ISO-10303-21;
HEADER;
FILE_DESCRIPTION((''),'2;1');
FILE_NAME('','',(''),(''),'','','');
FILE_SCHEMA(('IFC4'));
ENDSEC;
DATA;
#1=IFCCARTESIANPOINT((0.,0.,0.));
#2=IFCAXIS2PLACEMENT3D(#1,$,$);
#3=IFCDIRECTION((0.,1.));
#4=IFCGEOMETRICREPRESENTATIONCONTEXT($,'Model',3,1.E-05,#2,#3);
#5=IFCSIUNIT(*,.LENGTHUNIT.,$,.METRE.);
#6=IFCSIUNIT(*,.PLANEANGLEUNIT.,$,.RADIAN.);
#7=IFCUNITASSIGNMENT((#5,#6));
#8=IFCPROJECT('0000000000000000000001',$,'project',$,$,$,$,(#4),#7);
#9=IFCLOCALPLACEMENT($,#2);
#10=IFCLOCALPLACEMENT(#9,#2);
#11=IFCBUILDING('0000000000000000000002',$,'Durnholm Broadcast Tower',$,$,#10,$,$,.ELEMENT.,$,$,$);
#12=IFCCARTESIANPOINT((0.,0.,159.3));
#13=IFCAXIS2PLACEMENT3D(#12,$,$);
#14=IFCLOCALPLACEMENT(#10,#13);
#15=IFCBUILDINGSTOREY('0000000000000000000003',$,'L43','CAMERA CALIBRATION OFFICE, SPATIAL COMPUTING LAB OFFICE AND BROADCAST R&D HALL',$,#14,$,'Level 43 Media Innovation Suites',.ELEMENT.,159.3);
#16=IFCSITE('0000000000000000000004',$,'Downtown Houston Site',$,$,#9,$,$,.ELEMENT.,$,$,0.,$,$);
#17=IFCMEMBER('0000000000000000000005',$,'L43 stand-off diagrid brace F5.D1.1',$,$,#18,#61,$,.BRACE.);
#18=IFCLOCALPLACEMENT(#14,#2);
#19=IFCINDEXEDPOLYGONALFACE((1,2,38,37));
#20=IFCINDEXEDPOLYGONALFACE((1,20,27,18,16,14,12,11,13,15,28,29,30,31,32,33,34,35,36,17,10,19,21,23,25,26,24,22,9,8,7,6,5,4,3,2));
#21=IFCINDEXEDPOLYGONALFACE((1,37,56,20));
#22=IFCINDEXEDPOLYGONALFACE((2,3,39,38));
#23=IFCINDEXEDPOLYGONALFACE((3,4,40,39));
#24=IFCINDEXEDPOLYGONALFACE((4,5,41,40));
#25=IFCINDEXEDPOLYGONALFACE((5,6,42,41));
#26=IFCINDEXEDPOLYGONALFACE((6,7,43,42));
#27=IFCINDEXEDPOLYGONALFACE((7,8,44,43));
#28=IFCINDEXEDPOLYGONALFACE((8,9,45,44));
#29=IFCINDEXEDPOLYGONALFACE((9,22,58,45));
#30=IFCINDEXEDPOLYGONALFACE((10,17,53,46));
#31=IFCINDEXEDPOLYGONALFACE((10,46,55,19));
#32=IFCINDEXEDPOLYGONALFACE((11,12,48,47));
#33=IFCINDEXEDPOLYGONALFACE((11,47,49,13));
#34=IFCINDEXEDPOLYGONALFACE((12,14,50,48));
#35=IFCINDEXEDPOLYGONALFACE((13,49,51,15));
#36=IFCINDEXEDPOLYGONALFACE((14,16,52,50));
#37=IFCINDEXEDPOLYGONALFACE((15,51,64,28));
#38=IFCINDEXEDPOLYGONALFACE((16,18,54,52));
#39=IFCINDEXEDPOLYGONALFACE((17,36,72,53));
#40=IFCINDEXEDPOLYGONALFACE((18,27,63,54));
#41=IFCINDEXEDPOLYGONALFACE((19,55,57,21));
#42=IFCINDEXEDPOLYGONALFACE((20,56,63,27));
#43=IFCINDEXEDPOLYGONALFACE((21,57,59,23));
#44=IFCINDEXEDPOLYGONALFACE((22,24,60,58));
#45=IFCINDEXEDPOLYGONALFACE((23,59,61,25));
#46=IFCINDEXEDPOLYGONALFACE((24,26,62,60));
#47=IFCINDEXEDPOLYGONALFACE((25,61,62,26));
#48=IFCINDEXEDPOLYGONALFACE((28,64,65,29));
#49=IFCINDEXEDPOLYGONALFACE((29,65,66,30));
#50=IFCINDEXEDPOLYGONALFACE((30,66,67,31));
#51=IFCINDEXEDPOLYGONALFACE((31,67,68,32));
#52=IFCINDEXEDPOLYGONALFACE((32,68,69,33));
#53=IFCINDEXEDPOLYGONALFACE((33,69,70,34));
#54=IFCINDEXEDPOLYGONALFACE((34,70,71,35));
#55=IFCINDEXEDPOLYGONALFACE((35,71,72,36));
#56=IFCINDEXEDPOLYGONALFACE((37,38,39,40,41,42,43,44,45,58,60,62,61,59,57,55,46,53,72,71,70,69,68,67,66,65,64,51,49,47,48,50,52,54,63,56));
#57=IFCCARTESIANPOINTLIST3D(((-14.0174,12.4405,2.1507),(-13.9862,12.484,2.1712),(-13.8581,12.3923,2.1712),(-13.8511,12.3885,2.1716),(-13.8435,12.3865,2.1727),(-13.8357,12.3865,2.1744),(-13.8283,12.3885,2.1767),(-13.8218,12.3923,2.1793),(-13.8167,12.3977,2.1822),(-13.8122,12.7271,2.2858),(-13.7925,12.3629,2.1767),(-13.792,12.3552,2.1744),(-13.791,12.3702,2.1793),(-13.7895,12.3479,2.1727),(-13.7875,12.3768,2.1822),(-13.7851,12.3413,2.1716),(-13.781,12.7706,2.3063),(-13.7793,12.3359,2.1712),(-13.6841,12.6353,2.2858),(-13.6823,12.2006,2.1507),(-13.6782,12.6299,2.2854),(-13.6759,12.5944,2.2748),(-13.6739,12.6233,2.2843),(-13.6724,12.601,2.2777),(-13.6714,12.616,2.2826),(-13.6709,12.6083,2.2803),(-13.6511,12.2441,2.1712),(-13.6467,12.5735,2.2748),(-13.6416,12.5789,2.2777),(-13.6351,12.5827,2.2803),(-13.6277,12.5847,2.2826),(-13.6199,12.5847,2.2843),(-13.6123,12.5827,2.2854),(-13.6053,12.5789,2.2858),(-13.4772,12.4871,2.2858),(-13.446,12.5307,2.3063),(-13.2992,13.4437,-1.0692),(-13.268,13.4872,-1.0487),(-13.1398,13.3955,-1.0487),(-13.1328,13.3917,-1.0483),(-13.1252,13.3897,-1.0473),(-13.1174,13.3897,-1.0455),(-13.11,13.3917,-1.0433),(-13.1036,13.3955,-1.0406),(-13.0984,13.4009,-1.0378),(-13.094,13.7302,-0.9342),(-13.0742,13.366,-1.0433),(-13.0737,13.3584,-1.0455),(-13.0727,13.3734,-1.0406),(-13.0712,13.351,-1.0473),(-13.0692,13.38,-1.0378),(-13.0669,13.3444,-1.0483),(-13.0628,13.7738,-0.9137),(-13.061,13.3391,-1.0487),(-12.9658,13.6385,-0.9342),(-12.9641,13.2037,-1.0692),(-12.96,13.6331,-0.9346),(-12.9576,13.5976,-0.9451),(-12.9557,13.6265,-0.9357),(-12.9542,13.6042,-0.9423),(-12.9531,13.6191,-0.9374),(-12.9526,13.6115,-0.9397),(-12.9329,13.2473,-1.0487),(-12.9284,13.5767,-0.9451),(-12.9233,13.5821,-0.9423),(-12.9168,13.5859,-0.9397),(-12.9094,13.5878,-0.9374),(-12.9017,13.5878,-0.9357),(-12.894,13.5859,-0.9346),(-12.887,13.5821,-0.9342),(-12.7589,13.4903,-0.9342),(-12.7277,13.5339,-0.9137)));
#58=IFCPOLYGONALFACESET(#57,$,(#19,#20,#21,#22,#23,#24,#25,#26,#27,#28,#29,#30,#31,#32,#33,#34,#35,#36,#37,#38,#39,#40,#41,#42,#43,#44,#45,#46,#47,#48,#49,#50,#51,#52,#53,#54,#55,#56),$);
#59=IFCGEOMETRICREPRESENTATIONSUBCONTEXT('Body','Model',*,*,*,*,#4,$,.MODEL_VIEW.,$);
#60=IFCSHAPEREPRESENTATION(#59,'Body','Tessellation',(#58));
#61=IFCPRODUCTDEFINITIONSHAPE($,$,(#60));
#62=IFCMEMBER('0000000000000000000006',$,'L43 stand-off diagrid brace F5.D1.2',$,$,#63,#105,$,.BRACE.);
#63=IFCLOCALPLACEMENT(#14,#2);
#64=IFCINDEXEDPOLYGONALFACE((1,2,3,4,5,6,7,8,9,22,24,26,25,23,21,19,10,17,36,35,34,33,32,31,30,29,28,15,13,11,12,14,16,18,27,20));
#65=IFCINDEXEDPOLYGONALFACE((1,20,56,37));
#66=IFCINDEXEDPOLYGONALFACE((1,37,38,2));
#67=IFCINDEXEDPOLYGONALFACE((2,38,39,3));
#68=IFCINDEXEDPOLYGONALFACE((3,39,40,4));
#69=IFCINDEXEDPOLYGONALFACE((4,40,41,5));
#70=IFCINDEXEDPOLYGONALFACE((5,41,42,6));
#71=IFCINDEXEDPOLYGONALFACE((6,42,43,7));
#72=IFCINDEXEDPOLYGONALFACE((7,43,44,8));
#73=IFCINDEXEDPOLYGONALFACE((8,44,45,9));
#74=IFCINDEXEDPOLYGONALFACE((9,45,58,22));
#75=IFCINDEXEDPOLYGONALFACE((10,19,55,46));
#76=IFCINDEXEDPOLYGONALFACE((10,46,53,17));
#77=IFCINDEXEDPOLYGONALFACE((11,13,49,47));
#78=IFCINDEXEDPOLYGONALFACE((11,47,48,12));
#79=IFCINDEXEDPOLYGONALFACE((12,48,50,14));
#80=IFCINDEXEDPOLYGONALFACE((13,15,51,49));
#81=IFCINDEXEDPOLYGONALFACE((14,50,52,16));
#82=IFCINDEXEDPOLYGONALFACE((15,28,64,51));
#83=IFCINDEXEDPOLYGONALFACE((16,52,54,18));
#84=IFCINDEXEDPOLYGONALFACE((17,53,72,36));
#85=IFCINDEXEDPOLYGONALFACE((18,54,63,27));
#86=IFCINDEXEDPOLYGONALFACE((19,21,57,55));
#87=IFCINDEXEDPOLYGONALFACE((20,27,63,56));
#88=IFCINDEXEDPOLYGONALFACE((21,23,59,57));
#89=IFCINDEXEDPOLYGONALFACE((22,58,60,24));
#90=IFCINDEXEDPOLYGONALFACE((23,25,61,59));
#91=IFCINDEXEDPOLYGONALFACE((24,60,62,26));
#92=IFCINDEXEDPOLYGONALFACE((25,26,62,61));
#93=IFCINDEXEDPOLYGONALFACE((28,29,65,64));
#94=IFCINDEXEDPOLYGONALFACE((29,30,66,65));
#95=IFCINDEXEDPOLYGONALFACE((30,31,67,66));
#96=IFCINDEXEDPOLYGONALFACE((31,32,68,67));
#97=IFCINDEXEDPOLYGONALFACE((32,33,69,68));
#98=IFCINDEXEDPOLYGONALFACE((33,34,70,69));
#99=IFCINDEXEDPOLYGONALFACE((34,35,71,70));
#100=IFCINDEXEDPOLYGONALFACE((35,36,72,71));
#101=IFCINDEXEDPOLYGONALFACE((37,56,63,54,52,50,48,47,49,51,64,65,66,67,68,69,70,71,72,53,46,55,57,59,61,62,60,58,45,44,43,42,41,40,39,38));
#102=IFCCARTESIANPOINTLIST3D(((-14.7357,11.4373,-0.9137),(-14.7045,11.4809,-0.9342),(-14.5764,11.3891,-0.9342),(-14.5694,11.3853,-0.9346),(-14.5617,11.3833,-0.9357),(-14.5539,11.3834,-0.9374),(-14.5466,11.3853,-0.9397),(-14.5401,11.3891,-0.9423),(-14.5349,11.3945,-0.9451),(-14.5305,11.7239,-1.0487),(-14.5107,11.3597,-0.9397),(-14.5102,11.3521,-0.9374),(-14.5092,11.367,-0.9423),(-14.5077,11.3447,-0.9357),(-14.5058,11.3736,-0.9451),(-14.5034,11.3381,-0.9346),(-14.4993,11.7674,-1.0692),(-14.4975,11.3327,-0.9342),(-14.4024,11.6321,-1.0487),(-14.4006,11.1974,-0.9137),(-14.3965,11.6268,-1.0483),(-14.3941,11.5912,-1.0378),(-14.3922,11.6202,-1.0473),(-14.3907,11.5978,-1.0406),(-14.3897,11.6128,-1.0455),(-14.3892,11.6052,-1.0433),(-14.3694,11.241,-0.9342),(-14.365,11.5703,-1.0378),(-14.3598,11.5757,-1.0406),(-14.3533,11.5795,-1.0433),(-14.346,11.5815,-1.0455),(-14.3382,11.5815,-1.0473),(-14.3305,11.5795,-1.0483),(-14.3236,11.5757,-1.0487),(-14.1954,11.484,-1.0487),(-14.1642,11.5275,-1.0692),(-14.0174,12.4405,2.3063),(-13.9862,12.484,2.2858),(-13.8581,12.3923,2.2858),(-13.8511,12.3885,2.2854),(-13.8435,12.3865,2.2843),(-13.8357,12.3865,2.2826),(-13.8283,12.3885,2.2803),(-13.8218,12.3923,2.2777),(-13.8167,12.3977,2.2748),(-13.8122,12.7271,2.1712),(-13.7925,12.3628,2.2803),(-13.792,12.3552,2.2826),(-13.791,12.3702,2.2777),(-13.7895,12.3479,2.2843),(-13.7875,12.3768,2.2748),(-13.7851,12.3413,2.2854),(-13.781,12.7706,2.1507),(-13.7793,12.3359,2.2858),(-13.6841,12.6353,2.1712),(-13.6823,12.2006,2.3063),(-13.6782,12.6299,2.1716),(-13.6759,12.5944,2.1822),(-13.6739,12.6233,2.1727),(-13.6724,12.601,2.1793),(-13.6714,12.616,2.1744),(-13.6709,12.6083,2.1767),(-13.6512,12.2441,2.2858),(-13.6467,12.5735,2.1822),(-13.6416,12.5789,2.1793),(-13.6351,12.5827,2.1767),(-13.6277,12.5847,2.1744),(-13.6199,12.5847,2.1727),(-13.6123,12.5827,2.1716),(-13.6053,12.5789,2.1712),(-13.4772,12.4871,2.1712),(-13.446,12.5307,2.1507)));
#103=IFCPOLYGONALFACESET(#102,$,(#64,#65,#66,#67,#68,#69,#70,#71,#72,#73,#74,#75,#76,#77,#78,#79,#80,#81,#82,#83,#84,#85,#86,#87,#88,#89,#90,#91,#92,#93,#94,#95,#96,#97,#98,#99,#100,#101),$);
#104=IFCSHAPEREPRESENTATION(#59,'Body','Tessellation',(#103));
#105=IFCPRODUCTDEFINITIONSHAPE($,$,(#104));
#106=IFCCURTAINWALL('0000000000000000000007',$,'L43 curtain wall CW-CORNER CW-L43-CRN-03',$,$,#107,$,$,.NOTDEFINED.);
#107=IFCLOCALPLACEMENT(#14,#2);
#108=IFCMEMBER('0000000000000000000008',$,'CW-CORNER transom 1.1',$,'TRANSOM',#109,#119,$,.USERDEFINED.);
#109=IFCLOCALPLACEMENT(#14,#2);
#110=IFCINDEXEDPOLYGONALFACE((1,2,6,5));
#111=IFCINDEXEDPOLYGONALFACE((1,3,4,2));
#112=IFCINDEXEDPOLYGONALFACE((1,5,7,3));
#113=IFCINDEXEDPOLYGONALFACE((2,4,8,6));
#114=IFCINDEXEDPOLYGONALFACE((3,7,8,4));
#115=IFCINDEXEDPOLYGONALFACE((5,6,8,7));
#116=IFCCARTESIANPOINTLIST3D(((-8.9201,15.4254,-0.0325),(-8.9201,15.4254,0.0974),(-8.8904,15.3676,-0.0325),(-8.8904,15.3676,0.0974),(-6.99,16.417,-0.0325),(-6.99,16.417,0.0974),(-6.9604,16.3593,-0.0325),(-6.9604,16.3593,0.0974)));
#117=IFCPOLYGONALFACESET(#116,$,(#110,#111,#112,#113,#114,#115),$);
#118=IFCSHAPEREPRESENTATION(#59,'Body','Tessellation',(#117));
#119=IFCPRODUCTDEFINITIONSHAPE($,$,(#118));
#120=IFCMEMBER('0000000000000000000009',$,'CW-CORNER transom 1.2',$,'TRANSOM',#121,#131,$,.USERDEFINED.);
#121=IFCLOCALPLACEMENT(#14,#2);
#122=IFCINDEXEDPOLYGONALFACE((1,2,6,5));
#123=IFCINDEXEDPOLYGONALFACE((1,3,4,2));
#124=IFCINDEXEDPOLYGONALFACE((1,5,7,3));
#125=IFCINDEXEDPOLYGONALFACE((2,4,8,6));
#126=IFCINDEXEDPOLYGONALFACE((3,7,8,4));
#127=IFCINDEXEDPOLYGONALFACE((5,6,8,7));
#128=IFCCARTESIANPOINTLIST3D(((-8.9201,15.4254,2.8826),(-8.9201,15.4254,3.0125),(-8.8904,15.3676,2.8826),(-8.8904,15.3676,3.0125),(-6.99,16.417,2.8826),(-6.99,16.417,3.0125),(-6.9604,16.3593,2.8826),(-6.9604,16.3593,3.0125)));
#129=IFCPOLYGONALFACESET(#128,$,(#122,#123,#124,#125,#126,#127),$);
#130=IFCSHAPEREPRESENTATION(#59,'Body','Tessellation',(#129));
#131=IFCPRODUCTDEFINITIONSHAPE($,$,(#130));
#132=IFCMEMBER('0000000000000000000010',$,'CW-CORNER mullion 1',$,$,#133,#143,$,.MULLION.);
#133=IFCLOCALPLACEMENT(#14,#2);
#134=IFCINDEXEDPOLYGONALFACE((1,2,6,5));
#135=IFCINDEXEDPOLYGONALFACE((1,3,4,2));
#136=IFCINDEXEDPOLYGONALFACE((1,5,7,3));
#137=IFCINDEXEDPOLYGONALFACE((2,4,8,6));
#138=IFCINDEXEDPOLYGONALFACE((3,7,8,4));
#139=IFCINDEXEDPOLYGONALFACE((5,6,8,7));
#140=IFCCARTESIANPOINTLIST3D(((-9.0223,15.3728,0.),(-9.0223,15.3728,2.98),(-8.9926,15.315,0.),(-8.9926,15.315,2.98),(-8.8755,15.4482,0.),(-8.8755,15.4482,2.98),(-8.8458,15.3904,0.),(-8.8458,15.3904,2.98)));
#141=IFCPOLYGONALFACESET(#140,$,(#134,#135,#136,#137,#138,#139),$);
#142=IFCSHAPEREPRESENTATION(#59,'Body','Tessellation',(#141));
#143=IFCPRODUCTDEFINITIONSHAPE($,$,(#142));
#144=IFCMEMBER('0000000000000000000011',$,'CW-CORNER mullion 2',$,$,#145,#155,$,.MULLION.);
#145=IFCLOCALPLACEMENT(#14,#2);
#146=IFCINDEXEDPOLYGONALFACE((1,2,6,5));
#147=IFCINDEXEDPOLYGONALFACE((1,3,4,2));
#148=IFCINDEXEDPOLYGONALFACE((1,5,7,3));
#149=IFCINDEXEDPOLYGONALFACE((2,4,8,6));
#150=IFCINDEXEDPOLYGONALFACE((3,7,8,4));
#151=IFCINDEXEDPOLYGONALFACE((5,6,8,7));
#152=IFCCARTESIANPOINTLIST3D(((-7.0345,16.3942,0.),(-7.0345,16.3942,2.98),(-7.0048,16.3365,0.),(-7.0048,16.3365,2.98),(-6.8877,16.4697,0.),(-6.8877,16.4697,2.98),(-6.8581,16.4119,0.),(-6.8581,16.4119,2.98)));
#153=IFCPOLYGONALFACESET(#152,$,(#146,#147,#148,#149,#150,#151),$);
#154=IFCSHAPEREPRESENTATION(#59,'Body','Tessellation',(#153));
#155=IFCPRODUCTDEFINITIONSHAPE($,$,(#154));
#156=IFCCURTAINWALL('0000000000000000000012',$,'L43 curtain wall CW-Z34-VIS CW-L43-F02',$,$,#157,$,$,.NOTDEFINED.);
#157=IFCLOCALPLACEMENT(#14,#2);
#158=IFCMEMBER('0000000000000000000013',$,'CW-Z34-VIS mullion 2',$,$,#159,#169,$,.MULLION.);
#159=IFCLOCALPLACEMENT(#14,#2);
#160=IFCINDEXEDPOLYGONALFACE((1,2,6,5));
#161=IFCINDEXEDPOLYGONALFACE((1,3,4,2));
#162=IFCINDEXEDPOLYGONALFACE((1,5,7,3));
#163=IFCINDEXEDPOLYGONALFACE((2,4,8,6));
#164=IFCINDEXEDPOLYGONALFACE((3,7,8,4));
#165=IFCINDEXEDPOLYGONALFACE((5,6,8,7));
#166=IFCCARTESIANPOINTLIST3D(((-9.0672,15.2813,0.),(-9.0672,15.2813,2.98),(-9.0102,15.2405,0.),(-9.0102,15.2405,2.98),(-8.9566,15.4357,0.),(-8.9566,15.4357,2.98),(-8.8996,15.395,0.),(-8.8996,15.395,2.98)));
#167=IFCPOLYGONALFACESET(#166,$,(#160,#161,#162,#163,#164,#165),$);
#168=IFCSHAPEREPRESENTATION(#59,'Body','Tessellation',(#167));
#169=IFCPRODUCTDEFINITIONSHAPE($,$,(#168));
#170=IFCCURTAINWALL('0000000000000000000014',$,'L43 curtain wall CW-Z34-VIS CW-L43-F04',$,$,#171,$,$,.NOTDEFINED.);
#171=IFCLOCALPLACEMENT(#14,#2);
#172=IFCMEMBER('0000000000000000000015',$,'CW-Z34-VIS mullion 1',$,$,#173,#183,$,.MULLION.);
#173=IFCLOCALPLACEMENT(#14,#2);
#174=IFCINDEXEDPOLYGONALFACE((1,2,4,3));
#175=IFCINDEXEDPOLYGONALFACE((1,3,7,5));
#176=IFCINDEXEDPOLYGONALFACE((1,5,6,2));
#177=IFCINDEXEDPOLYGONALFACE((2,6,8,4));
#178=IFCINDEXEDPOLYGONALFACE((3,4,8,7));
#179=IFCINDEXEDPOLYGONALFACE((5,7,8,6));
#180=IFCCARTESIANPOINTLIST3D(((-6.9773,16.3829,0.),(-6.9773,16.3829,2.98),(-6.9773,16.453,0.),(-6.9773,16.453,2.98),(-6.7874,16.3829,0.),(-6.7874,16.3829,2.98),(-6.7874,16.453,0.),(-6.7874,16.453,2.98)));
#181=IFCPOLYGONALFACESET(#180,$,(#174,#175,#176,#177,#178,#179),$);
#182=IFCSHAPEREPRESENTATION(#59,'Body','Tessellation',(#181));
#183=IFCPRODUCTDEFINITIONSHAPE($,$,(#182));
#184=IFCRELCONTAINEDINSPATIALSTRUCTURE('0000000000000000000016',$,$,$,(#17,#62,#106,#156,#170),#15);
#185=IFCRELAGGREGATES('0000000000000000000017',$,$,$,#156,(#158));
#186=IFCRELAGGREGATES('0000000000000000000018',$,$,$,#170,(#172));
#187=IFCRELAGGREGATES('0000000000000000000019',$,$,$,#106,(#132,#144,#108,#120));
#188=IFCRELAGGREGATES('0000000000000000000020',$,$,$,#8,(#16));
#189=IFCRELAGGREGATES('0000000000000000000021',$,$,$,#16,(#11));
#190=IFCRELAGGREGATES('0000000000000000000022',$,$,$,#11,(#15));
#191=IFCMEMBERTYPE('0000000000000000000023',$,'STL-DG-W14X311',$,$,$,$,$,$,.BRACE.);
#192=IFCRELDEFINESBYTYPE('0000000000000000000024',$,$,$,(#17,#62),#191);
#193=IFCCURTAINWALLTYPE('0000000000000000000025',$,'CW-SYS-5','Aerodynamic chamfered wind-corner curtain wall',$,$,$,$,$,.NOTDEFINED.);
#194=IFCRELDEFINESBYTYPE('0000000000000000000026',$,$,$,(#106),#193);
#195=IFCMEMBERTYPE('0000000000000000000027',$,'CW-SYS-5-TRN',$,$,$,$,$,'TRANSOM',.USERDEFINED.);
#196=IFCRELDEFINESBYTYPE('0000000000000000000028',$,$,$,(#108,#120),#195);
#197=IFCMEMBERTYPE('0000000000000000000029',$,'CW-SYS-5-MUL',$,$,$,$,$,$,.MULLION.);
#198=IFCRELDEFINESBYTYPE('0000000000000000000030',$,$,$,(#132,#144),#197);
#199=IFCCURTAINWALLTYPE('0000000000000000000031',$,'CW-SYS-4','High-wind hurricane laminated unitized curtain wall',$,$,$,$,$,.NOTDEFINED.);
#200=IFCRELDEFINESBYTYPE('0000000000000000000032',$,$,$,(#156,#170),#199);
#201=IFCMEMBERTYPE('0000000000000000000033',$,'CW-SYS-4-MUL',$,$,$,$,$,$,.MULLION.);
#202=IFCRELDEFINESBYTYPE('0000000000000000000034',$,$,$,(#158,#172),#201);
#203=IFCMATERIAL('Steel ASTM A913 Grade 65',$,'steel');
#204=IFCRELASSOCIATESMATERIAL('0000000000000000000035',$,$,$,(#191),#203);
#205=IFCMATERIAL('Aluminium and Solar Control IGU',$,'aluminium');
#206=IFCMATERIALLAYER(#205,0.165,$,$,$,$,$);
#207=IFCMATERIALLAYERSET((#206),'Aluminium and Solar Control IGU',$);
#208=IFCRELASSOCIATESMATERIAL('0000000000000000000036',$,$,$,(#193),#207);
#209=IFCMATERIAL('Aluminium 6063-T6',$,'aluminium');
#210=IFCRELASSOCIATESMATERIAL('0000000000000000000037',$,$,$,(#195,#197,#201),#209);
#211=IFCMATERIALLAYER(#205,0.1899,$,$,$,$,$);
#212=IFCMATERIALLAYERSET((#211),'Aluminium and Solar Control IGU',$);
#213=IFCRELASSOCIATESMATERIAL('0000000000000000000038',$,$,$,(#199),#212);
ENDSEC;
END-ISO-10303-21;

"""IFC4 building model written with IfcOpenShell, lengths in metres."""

from ifc_helpers import new_model, si_unit, direction, frame, origin, origin_2d, place, context, subcontext, project, spatial, rectangle, i_section, extrude, source, transform, mapped, material, layer, layer_set, material_profile, profile_set, type_object, type_shapes, element, aggregate, save


model = new_model("IFC4")

# Units and contexts
model_context = context("Model", 3, precision=1e-05, world=origin(), true_north=direction((0.0, 1.0)))
body_context = subcontext(model_context, "Body", "Model", "MODEL_VIEW")
ifc_project = project(units=[si_unit("LENGTHUNIT", "METRE"), si_unit("PLANEANGLEUNIT", "RADIAN")], contexts=[model_context])

# Site, building, storey
site_placement = place(None, origin())
site = spatial("IfcSite", under=ifc_project, at=site_placement, Name="Downtown Houston Site", CompositionType="ELEMENT", RefElevation=0.0)
building_placement = place(site_placement, origin())
building = spatial("IfcBuilding", under=site, at=building_placement, Name="Durnholm Broadcast Tower", CompositionType="ELEMENT")
storey_placement = place(building_placement, frame((0.0, 0.0, 159.3)))
storey = spatial("IfcBuildingStorey", under=building, at=storey_placement, Name="L43", Description="CAMERA CALIBRATION OFFICE, SPATIAL COMPUTING LAB OFFICE AND BROADCAST R&D HALL", LongName="Level 43 Media Innovation Suites", CompositionType="ELEMENT", Elevation=159.3)

# Members
ifc_material_1 = material(Name="Steel ASTM A913 Grade 65", Category="steel")
ifc_material_profile_1 = material_profile(ifc_material_1, i_section(OverallWidth=0.4121, OverallDepth=0.4348, WebThickness=0.0359, FlangeThickness=0.0574, FilletRadius=0.0305, at=origin_2d()), Name="W14X311")
ifc_profile_set_1 = profile_set([ifc_material_profile_1], Name="Steel ASTM A913 Grade 65")
member_type_1 = type_object("IfcMemberType", Name="STL-DG-W14X311", PredefinedType="BRACE", material=ifc_profile_set_1)
shared_shape_1 = source(origin(), body_context, "Body", "SweptSolid", [
    extrude(i_section(OverallWidth=0.4121, OverallDepth=0.4348, WebThickness=0.0359, FlangeThickness=0.0574, FilletRadius=0.0305, at=origin_2d()), origin(), (0.0, 0.0, 1.0), 3.4482),
])
type_shapes(member_type_1, [shared_shape_1])
for number, where, z_axis, x_axis, name in (
    (1, (-13.0134, 13.4888, -0.9915), (-0.208297, -0.290922, 0.933797), (0.813078, -0.582155, 0.0), "L43 stand-off diagrid brace F5.D1.1"),
    (2, (-14.45, 11.4824, -0.9915), (0.208297, 0.290922, 0.933797), (-0.813078, 0.582155, 0.0), "L43 stand-off diagrid brace F5.D1.2"),
):
    element("IfcMember", number, at=place(storey_placement, frame(where, z_axis=z_axis, x_axis=x_axis)), inside=storey, type_object=member_type_1, Name=name, PredefinedType="BRACE", context=body_context, shape_type="MappedRepresentation", body=[
        mapped(shared_shape_1, transform((0.0, 0.0, 0.0), x_axis=(1.0, 0.0, 0.0), y_axis=(0.0, 1.0, 0.0), z_axis=(0.0, 0.0, 1.0), scale=1.0)),
    ])

# Curtain wall, members
ifc_material_2 = material(Name="Aluminium and Solar Control IGU", Category="aluminium")
ifc_layer_1 = layer(ifc_material_2, 0.165)
ifc_layer_set_1 = layer_set([ifc_layer_1], Name="Aluminium and Solar Control IGU")
curtain_wall_type_1 = type_object("IfcCurtainWallType", Name="CW-SYS-5", Description="Aerodynamic chamfered wind-corner curtain wall", PredefinedType="NOTDEFINED", material=ifc_layer_set_1)
curtain_wall_1_placement = place(storey_placement, origin())
curtain_wall_1 = element("IfcCurtainWall", 3, at=curtain_wall_1_placement, inside=storey, type_object=curtain_wall_type_1, Name="L43 curtain wall CW-CORNER CW-L43-CRN-03", PredefinedType="NOTDEFINED")
ifc_material_3 = material(Name="Aluminium 6063-T6", Category="aluminium")
ifc_material_profile_2 = material_profile(ifc_material_3, rectangle(XDim=0.0649, YDim=0.1299, at=origin_2d()), Name="CWT65X130")
ifc_profile_set_2 = profile_set([ifc_material_profile_2], Name="Aluminium 6063-T6")
member_type_2 = type_object("IfcMemberType", Name="CW-SYS-5-TRN", ElementType="TRANSOM", PredefinedType="USERDEFINED", material=ifc_profile_set_2)
shared_shape_2 = source(origin(), body_context, "Body", "SweptSolid", [
    extrude(rectangle(XDim=0.0649, YDim=0.1299, at=origin_2d()), origin(), (0.0, 0.0, 1.0), 2.1699),
])
type_shapes(member_type_2, [shared_shape_2])
member_1_placement = place(storey_placement, frame((-8.9053, 15.3965, 0.0325), z_axis=(0.889468, 0.456997, 0.0), x_axis=(-0.456997, 0.889468, 0.0)))
member_1 = element("IfcMember", 4, at=member_1_placement, type_object=member_type_2, Name="CW-CORNER transom 1.1", ObjectType="TRANSOM", PredefinedType="USERDEFINED", context=body_context, shape_type="MappedRepresentation", body=[
    mapped(shared_shape_2, transform((0.0, 0.0, 0.0), x_axis=(1.0, 0.0, 0.0), y_axis=(0.0, 1.0, 0.0), z_axis=(0.0, 0.0, 1.0), scale=1.0)),
])
member_2_placement = place(storey_placement, frame((-8.9053, 15.3965, 2.9475), z_axis=(0.889468, 0.456997, 0.0), x_axis=(-0.456997, 0.889468, 0.0)))
member_2 = element("IfcMember", 5, at=member_2_placement, type_object=member_type_2, Name="CW-CORNER transom 1.2", ObjectType="TRANSOM", PredefinedType="USERDEFINED", context=body_context, shape_type="MappedRepresentation", body=[
    mapped(shared_shape_2, transform((0.0, 0.0, 0.0), x_axis=(1.0, 0.0, 0.0), y_axis=(0.0, 1.0, 0.0), z_axis=(0.0, 0.0, 1.0), scale=1.0)),
])
ifc_material_profile_3 = material_profile(ifc_material_3, rectangle(XDim=0.0649, YDim=0.165, at=origin_2d()), Name="CWM65X165")
ifc_profile_set_3 = profile_set([ifc_material_profile_3], Name="Aluminium 6063-T6")
member_type_3 = type_object("IfcMemberType", Name="CW-SYS-5-MUL", PredefinedType="MULLION", material=ifc_profile_set_3)
shared_shape_3 = source(origin(), body_context, "Body", "SweptSolid", [
    extrude(rectangle(XDim=0.0649, YDim=0.165, at=origin_2d()), origin(), (0.0, 0.0, 1.0), 2.98),
])
type_shapes(member_type_3, [shared_shape_3])
member_3_placement = place(storey_placement, frame((-8.9341, 15.3816, 0.0), z_axis=(0.0, 0.0, 1.0), x_axis=(-0.457082, 0.889425, 0.0)))
member_3 = element("IfcMember", 6, at=member_3_placement, type_object=member_type_3, Name="CW-CORNER mullion 1", PredefinedType="MULLION", context=body_context, shape_type="MappedRepresentation", body=[
    mapped(shared_shape_3, transform((0.0, 0.0, 0.0), x_axis=(1.0, 0.0, 0.0), y_axis=(0.0, 1.0, 0.0), z_axis=(0.0, 0.0, 1.0), scale=1.0)),
])
member_4_placement = place(storey_placement, frame((-6.9463, 16.4031, 0.0), z_axis=(0.0, 0.0, 1.0), x_axis=(-0.457082, 0.889425, 0.0)))
member_4 = element("IfcMember", 7, at=member_4_placement, type_object=member_type_3, Name="CW-CORNER mullion 2", PredefinedType="MULLION", context=body_context, shape_type="MappedRepresentation", body=[
    mapped(shared_shape_3, transform((0.0, 0.0, 0.0), x_axis=(1.0, 0.0, 0.0), y_axis=(0.0, 1.0, 0.0), z_axis=(0.0, 0.0, 1.0), scale=1.0)),
])

# Curtain wall, member
ifc_layer_2 = layer(ifc_material_2, 0.1899)
ifc_layer_set_2 = layer_set([ifc_layer_2], Name="Aluminium and Solar Control IGU")
curtain_wall_type_2 = type_object("IfcCurtainWallType", Name="CW-SYS-4", Description="High-wind hurricane laminated unitized curtain wall", PredefinedType="NOTDEFINED", material=ifc_layer_set_2)
curtain_wall_2_placement = place(storey_placement, origin())
curtain_wall_2 = element("IfcCurtainWall", 8, at=curtain_wall_2_placement, inside=storey, type_object=curtain_wall_type_2, Name="L43 curtain wall CW-Z34-VIS CW-L43-F02", PredefinedType="NOTDEFINED")
ifc_material_profile_4 = material_profile(ifc_material_3, rectangle(XDim=0.0701, YDim=0.1899, at=origin_2d()), Name="CWM70X190")
ifc_profile_set_4 = profile_set([ifc_material_profile_4], Name="Aluminium 6063-T6")
member_type_4 = type_object("IfcMemberType", Name="CW-SYS-4-MUL", PredefinedType="MULLION", material=ifc_profile_set_4)
shared_shape_4 = source(origin(), body_context, "Body", "SweptSolid", [
    extrude(rectangle(XDim=0.0701, YDim=0.1899, at=origin_2d()), origin(), (0.0, 0.0, 1.0), 2.98),
])
type_shapes(member_type_4, [shared_shape_4])
member_5_placement = place(storey_placement, frame((-8.9834, 15.3381, 0.0), z_axis=(0.0, 0.0, 1.0), x_axis=(-0.813089, 0.582139, 0.0)))
member_5 = element("IfcMember", 9, at=member_5_placement, type_object=member_type_4, Name="CW-Z34-VIS mullion 2", PredefinedType="MULLION", context=body_context, shape_type="MappedRepresentation", body=[
    mapped(shared_shape_4, transform((0.0, 0.0, 0.0), x_axis=(1.0, 0.0, 0.0), y_axis=(0.0, 1.0, 0.0), z_axis=(0.0, 0.0, 1.0), scale=1.0)),
])
aggregate(curtain_wall_2, [member_5])

# Curtain wall, member
curtain_wall_3_placement = place(storey_placement, origin())
curtain_wall_3 = element("IfcCurtainWall", 10, at=curtain_wall_3_placement, inside=storey, type_object=curtain_wall_type_2, Name="L43 curtain wall CW-Z34-VIS CW-L43-F04", PredefinedType="NOTDEFINED")
member_6_placement = place(storey_placement, frame((-6.8823, 16.418, 0.0), z_axis=(0.0, 0.0, 1.0), x_axis=(0.0, 1.0, 0.0)))
member_6 = element("IfcMember", 11, at=member_6_placement, type_object=member_type_4, Name="CW-Z34-VIS mullion 1", PredefinedType="MULLION", context=body_context, shape_type="MappedRepresentation", body=[
    mapped(shared_shape_4, transform((0.0, 0.0, 0.0), x_axis=(1.0, 0.0, 0.0), y_axis=(0.0, 1.0, 0.0), z_axis=(0.0, 0.0, 1.0), scale=1.0)),
])
aggregate(curtain_wall_3, [member_6])

aggregate(curtain_wall_1, [member_3, member_4, member_1, member_2])

save(model, "model.ifc")
